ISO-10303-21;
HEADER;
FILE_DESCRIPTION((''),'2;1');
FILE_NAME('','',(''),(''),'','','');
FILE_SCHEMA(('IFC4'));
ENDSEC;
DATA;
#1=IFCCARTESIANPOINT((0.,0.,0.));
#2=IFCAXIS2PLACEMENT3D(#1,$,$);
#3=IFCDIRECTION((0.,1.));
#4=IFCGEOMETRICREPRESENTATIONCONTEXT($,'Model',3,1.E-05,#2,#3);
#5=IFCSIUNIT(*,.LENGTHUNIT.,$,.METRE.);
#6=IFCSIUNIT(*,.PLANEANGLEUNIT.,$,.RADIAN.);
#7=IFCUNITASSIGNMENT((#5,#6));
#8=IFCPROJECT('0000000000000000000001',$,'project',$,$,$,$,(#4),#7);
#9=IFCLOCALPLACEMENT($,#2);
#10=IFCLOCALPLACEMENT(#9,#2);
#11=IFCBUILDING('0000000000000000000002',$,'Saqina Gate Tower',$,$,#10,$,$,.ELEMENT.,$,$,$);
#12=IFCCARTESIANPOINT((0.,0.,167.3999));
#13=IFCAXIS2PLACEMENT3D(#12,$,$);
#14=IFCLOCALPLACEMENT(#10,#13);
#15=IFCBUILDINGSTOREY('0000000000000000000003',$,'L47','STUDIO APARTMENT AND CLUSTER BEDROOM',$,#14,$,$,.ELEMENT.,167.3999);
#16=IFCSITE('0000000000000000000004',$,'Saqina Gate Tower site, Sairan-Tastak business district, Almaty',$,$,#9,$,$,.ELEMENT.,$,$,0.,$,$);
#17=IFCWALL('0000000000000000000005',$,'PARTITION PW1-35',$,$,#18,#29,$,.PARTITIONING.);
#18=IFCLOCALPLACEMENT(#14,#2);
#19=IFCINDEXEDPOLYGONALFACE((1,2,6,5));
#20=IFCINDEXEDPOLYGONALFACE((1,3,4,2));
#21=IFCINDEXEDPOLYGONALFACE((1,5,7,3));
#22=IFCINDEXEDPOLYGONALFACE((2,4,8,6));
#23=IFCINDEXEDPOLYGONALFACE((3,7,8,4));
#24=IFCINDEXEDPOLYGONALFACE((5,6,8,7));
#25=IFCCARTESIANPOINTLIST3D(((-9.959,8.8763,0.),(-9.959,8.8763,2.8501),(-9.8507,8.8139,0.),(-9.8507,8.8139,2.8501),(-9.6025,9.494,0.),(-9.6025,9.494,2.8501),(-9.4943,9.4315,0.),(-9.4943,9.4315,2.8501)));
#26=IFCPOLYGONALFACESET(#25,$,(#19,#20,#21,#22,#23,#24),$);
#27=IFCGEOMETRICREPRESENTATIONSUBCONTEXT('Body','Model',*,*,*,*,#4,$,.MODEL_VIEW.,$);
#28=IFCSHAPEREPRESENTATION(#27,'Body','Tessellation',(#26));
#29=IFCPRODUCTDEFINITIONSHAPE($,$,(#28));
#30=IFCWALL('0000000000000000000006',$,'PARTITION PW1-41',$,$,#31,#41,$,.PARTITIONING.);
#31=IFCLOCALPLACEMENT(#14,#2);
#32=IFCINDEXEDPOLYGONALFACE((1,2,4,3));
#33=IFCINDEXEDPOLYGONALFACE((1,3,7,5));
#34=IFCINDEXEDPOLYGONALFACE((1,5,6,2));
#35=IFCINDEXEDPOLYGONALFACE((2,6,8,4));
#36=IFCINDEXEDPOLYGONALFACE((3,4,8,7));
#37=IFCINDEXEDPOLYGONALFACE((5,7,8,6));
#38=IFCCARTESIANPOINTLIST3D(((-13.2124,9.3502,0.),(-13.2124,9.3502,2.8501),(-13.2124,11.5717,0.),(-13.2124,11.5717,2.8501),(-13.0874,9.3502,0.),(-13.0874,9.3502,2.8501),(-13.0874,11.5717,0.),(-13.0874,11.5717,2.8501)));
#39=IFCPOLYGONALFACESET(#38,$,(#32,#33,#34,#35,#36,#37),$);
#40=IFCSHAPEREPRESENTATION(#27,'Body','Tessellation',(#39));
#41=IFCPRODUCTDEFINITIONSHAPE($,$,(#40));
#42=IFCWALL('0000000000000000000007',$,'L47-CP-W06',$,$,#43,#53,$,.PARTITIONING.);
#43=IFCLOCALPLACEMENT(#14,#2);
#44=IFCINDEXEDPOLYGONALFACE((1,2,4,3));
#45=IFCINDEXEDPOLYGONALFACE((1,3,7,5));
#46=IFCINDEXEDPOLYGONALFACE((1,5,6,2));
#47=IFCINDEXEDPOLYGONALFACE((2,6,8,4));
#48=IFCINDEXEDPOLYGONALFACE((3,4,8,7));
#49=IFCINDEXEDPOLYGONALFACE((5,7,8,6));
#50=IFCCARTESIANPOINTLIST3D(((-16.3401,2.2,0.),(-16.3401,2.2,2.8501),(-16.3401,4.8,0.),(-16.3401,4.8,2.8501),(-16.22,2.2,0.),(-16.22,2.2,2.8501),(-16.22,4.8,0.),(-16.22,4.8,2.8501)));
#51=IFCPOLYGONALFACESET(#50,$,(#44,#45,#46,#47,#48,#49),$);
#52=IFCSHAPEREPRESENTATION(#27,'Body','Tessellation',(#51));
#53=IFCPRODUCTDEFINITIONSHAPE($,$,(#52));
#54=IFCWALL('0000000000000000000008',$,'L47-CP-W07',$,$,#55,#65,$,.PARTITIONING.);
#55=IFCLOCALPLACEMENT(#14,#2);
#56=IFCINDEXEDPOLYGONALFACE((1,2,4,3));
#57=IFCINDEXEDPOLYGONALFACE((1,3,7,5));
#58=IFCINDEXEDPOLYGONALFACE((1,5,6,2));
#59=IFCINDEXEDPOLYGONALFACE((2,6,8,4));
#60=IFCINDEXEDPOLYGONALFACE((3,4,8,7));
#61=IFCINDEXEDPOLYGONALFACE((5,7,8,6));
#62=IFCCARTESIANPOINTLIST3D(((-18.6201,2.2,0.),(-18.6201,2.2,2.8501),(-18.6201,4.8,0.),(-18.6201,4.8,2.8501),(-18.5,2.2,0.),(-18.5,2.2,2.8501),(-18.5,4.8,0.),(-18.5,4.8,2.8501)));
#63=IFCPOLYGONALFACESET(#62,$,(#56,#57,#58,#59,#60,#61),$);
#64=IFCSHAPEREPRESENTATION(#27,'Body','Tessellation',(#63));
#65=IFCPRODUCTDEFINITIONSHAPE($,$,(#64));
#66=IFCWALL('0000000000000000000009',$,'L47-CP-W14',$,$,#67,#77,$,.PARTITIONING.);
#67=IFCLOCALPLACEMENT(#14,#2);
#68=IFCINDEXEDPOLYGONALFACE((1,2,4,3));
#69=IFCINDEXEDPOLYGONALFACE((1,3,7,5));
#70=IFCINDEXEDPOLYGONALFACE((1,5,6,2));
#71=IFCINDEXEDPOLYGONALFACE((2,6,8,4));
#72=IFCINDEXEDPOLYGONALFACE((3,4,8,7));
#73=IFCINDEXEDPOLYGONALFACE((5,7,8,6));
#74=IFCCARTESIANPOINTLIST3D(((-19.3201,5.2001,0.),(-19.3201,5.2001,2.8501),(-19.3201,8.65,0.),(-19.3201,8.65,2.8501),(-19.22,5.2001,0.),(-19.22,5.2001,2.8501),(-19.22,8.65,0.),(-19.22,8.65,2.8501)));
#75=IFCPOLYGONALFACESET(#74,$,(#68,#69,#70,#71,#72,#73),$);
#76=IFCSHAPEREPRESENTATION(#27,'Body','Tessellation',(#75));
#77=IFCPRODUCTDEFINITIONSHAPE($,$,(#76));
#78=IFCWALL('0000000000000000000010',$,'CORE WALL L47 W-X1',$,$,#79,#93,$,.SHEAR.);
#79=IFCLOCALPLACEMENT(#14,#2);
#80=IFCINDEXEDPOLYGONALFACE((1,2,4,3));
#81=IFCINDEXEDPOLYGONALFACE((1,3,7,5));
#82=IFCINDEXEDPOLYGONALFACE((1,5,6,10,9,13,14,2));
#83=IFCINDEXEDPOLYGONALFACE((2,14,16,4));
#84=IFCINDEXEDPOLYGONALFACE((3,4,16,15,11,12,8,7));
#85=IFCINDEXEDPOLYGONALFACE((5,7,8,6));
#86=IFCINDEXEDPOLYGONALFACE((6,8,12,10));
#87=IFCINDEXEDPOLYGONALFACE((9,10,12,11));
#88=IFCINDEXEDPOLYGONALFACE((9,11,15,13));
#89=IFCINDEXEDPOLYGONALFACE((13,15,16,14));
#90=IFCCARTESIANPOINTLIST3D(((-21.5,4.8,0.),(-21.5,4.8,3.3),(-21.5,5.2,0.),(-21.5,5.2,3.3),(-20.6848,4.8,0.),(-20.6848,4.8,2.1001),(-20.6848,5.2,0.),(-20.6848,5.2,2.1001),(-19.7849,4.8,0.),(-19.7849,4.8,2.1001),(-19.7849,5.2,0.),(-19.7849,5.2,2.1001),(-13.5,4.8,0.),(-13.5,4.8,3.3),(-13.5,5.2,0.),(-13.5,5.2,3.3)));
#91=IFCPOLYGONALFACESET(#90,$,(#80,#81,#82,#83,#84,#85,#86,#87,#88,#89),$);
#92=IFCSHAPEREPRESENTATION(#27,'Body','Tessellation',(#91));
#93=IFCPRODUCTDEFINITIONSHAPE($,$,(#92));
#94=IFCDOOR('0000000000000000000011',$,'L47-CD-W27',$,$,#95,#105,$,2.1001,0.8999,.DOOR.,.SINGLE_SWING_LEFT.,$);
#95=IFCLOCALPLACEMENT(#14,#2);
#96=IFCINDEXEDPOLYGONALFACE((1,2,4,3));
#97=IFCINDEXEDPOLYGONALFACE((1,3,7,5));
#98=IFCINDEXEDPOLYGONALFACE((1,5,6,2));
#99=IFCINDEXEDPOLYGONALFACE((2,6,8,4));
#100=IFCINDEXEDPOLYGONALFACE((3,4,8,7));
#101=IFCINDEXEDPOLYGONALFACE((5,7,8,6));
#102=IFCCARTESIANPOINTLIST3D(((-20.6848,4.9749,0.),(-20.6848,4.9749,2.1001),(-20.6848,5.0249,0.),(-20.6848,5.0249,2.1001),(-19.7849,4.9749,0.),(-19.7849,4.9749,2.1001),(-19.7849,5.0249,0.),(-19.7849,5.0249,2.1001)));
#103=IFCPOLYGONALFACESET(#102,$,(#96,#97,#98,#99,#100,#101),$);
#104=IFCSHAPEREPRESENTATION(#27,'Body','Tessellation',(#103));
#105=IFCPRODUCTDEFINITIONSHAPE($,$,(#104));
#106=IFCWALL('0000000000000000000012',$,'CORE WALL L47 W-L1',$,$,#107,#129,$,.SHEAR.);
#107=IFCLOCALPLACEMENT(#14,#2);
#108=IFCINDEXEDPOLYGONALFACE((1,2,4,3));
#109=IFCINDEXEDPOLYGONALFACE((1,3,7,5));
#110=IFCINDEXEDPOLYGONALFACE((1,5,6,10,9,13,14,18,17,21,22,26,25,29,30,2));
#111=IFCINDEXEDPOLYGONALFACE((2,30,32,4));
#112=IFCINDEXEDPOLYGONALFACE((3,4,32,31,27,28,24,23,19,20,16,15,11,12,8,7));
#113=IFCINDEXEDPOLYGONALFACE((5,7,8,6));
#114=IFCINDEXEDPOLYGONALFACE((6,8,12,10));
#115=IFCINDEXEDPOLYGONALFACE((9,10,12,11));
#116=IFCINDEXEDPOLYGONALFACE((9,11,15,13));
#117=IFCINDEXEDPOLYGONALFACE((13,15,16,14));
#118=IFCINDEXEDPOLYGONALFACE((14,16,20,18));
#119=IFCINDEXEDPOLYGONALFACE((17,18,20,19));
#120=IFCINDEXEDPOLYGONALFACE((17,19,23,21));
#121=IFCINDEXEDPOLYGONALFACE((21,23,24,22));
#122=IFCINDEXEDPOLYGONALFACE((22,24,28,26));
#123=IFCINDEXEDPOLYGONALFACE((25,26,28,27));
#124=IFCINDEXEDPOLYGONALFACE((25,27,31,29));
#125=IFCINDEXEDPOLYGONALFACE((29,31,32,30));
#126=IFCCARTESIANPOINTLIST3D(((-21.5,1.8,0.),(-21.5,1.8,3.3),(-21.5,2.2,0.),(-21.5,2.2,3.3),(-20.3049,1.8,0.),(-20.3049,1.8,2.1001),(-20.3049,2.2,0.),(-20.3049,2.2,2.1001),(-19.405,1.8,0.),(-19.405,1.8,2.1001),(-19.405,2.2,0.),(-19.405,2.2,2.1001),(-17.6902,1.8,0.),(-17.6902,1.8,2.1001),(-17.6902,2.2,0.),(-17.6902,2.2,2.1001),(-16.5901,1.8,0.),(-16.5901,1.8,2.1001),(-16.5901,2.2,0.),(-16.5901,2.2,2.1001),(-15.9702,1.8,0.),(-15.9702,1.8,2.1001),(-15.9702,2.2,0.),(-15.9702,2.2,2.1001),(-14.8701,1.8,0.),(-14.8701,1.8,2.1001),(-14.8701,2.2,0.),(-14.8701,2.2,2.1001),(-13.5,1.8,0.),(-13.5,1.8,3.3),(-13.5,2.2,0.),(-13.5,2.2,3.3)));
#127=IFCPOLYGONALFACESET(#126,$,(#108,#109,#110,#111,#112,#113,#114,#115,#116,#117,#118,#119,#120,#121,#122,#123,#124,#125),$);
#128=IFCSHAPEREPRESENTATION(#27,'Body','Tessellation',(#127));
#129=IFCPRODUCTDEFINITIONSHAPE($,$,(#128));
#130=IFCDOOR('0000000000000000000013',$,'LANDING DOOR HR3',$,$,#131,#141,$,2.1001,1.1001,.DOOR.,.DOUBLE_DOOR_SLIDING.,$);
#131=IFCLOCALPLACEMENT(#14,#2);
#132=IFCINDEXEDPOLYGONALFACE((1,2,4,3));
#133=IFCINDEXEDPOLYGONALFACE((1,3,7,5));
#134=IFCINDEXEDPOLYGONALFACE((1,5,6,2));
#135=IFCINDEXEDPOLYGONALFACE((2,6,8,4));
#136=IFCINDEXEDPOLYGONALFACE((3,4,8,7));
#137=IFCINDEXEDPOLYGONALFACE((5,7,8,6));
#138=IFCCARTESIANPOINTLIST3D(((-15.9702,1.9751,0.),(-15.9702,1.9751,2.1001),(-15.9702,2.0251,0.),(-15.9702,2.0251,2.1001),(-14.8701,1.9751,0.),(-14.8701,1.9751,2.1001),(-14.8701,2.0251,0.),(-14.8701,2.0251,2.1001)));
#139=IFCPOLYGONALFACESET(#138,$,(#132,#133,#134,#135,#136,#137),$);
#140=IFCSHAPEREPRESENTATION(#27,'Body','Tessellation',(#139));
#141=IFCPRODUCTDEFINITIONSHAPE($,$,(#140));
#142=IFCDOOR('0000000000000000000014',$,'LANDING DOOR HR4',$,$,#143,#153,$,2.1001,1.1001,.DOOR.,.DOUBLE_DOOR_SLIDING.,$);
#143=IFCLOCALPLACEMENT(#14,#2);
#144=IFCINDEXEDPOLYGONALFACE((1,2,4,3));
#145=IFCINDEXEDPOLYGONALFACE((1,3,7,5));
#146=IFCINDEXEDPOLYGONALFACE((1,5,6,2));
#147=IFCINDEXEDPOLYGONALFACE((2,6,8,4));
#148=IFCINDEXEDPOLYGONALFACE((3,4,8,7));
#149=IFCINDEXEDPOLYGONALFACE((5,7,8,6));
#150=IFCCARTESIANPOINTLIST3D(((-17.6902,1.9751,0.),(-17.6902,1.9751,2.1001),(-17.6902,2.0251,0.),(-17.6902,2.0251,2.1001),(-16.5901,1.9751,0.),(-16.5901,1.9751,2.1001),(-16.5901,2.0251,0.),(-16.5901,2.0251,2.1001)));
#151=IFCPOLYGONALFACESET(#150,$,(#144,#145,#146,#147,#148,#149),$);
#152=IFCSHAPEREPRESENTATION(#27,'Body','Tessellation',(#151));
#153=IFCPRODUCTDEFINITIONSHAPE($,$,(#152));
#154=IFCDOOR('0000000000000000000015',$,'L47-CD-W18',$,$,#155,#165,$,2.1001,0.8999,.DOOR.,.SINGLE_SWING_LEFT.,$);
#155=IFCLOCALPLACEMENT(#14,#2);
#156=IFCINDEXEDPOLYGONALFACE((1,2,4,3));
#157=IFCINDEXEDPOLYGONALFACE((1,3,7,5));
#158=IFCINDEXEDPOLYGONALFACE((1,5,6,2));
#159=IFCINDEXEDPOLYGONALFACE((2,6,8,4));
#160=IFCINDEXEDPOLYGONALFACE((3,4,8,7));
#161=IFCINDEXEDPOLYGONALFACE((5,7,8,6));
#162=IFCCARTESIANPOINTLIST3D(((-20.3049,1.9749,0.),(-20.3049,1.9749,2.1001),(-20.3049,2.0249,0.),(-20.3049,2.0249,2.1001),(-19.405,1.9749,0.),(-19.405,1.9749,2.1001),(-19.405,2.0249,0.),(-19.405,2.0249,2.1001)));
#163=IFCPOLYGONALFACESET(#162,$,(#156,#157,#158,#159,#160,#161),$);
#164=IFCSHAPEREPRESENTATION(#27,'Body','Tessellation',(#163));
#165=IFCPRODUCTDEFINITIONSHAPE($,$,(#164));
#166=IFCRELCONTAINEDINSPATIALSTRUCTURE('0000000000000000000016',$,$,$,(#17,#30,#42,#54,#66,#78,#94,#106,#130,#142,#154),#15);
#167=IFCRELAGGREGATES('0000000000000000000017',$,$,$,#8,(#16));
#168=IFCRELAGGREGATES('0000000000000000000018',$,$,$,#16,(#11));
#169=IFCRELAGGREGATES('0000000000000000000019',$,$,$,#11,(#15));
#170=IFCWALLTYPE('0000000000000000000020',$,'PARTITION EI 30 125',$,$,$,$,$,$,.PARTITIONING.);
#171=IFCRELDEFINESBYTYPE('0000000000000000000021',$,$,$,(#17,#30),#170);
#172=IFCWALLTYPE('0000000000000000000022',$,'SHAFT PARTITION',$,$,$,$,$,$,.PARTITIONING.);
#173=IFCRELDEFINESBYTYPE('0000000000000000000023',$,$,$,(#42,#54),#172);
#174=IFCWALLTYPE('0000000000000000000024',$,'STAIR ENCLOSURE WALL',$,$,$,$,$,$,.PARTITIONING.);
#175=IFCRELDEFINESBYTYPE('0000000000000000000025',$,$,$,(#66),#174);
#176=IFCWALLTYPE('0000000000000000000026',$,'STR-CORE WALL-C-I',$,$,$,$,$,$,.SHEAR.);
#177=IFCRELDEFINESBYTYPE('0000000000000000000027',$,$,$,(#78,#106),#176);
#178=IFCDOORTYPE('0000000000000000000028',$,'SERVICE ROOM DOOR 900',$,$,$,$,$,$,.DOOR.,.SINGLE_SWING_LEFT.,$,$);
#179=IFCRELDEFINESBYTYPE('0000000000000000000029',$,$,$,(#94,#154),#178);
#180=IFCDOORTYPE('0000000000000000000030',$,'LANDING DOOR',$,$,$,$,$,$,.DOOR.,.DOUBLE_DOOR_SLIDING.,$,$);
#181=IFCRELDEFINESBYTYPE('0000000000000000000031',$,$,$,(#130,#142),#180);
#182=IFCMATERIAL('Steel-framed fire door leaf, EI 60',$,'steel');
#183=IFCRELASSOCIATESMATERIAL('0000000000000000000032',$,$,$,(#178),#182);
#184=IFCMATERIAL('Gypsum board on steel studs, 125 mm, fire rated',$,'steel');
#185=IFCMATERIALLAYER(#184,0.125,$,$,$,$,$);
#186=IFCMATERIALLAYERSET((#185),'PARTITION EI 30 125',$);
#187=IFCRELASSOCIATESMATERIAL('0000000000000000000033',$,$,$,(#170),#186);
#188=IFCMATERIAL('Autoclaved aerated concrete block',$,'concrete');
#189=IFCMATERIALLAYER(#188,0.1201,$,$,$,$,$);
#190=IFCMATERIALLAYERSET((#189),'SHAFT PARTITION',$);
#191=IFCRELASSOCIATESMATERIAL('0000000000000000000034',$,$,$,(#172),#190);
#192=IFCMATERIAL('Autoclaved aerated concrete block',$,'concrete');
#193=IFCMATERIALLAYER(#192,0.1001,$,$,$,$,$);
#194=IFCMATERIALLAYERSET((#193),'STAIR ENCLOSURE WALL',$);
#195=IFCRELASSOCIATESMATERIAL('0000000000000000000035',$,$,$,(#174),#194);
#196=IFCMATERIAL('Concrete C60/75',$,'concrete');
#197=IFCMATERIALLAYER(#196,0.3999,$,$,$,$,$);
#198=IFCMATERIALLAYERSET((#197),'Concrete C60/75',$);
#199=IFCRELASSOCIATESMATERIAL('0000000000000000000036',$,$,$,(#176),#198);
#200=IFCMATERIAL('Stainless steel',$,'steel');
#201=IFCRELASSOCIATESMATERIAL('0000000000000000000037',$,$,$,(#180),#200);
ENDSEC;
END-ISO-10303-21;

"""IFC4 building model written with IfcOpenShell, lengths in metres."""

from ifc_helpers import new_model, si_unit, direction, frame, frame_2d, origin, place, context, subcontext, project, spatial, rectangle, extrude, material, layer, layer_set, type_object, element, fill, save


model = new_model("IFC4")

# Units and contexts
model_context = context("Model", 3, precision=1e-05, world=origin(), true_north=direction((0.0, 1.0)))
body_context = subcontext(model_context, "Body", "Model", "MODEL_VIEW")
ifc_project = project(units=[si_unit("LENGTHUNIT", "METRE"), si_unit("PLANEANGLEUNIT", "RADIAN")], contexts=[model_context])

# Site, building, storey
site_placement = place(None, origin())
site = spatial("IfcSite", under=ifc_project, at=site_placement, Name="Saqina Gate Tower site, Sairan-Tastak business district, Almaty", CompositionType="ELEMENT", RefElevation=0.0)
building_placement = place(site_placement, origin())
building = spatial("IfcBuilding", under=site, at=building_placement, Name="Saqina Gate Tower", CompositionType="ELEMENT")
storey_placement = place(building_placement, frame((0.0, 0.0, 167.3999)))
storey = spatial("IfcBuildingStorey", under=building, at=storey_placement, Name="L47", Description="STUDIO APARTMENT AND CLUSTER BEDROOM", CompositionType="ELEMENT", Elevation=167.3999)

# Shared definitions
ifc_material_1 = material(Name="Steel-framed fire door leaf, EI 60", Category="steel")
door_type_1 = type_object("IfcDoorType", Name="SERVICE ROOM DOOR 900", OperationType="SINGLE_SWING_LEFT", PredefinedType="DOOR", material=ifc_material_1)

# Walls
ifc_material_2 = material(Name="Gypsum board on steel studs, 125 mm, fire rated", Category="steel")
ifc_layer_1 = layer(ifc_material_2, 0.125)
ifc_layer_set_1 = layer_set([ifc_layer_1], Name="PARTITION EI 30 125")
wall_type_1 = type_object("IfcWallType", Name="PARTITION EI 30 125", PredefinedType="PARTITIONING", material=ifc_layer_set_1)
wall_1_placement = place(storey_placement, frame((-9.9048, 8.8452, 0.0), z_axis=(0.0, 0.0, 1.0), x_axis=(0.499821, 0.866129, 0.0)))
element("IfcWall", 1, at=wall_1_placement, inside=storey, type_object=wall_type_1, Name="PARTITION PW1-35", PredefinedType="PARTITIONING", context=body_context, shape_type="SweptSolid", body=[
    extrude(rectangle(XDim=0.7131, YDim=0.125, at=frame_2d((0.3564, 0.0))), origin(), (0.0, 0.0, 1.0), 2.8501),
])
wall_2_placement = place(storey_placement, frame((-13.1499, 9.3501, 0.0), z_axis=(0.0, 0.0, 1.0), x_axis=(0.0, 1.0, 0.0)))
element("IfcWall", 2, at=wall_2_placement, inside=storey, type_object=wall_type_1, Name="PARTITION PW1-41", PredefinedType="PARTITIONING", context=body_context, shape_type="SweptSolid", body=[
    extrude(rectangle(XDim=2.2214, YDim=0.125, at=frame_2d((1.1108, 0.0))), origin(), (0.0, 0.0, 1.0), 2.8501),
])
ifc_material_3 = material(Name="Autoclaved aerated concrete block", Category="concrete")
ifc_layer_2 = layer(ifc_material_3, 0.1201)
ifc_layer_set_2 = layer_set([ifc_layer_2], Name="SHAFT PARTITION")
wall_type_2 = type_object("IfcWallType", Name="SHAFT PARTITION", PredefinedType="PARTITIONING", material=ifc_layer_set_2)
for number, where, z_axis, x_axis, name in (
    (3, (-16.28, 2.2, 0.0), (0.0, 0.0, 1.0), (0.0, 1.0, 0.0), "L47-CP-W06"),
    (4, (-18.5601, 2.2, 0.0), (0.0, 0.0, 1.0), (0.0, 1.0, 0.0), "L47-CP-W07"),
):
    element("IfcWall", number, at=place(storey_placement, frame(where, z_axis=z_axis, x_axis=x_axis)), inside=storey, type_object=wall_type_2, Name=name, PredefinedType="PARTITIONING", context=body_context, shape_type="SweptSolid", body=[
        extrude(rectangle(XDim=2.6001, YDim=0.1201, at=frame_2d((1.3, 0.0))), origin(), (0.0, 0.0, 1.0), 2.8501),
    ])
ifc_material_4 = material(Name="Autoclaved aerated concrete block", Category="concrete")
ifc_layer_3 = layer(ifc_material_4, 0.1001)
ifc_layer_set_3 = layer_set([ifc_layer_3], Name="STAIR ENCLOSURE WALL")
wall_type_3 = type_object("IfcWallType", Name="STAIR ENCLOSURE WALL", PredefinedType="PARTITIONING", material=ifc_layer_set_3)
wall_3_placement = place(storey_placement, frame((-19.27, 5.2, 0.0), z_axis=(0.0, 0.0, 1.0), x_axis=(0.0, 1.0, 0.0)))
element("IfcWall", 5, at=wall_3_placement, inside=storey, type_object=wall_type_3, Name="L47-CP-W14", PredefinedType="PARTITIONING", context=body_context, shape_type="SweptSolid", body=[
    extrude(rectangle(XDim=3.45, YDim=0.1001, at=frame_2d((1.7251, 0.0))), origin(), (0.0, 0.0, 1.0), 2.8501),
])

# Wall, opening, door
ifc_material_5 = material(Name="Concrete C60/75", Category="concrete")
ifc_layer_4 = layer(ifc_material_5, 0.3999)
ifc_layer_set_4 = layer_set([ifc_layer_4], Name="Concrete C60/75")
wall_type_4 = type_object("IfcWallType", Name="STR-CORE WALL-C-I", PredefinedType="SHEAR", material=ifc_layer_set_4)
wall_4_placement = place(storey_placement, frame((-13.5, 5.0, 0.0), z_axis=(0.0, 0.0, 1.0), x_axis=(-1.0, 0.0, 0.0)))
wall_4 = element("IfcWall", 6, at=wall_4_placement, inside=storey, type_object=wall_type_4, Name="CORE WALL L47 W-X1", PredefinedType="SHEAR", context=body_context, shape_type="SweptSolid", body=[
    extrude(rectangle(XDim=8.0, YDim=0.3999, at=frame_2d((4.0, 0.0))), origin(), (0.0, 0.0, 1.0), 3.3),
])
opening_1_placement = place(wall_4_placement, frame((6.2849, 0.0, 0.0)))
opening_1 = element("IfcOpeningElement", 7, at=opening_1_placement, cuts=wall_4, PredefinedType="OPENING", context=body_context, shape_type="SweptSolid", body=[
    extrude(rectangle(XDim=0.8999, YDim=2.1001, at=frame_2d((0.45, 1.05))), frame((0.0, 0.2119, 0.0), z_axis=(0.0, -1.0, 0.0), x_axis=(1.0, 0.0, 0.0)), (0.0, 0.0, 1.0), 0.4238),
])
door_1_placement = place(opening_1_placement, frame((0.8999, 0.0, 0.0), z_axis=(0.0, 0.0, 1.0), x_axis=(-1.0, 0.0, 0.0)))
door_1 = element("IfcDoor", 8, at=door_1_placement, inside=storey, type_object=door_type_1, Name="L47-CD-W27", OperationType="SINGLE_SWING_LEFT", OverallHeight=2.1001, OverallWidth=0.8999, PredefinedType="DOOR", context=body_context, shape_type="SweptSolid", body=[
    extrude(rectangle(XDim=0.8999, YDim=2.1001, at=frame_2d((0.45, 1.05))), frame((0.0, 0.0249, 0.0), z_axis=(0.0, -1.0, 0.0), x_axis=(1.0, 0.0, 0.0)), (0.0, 0.0, 1.0), 0.05),
])
fill(opening_1, door_1)

# Wall, openings, doors
wall_5_placement = place(storey_placement, frame((-13.5, 2.0, 0.0), z_axis=(0.0, 0.0, 1.0), x_axis=(-1.0, 0.0, 0.0)))
wall_5 = element("IfcWall", 9, at=wall_5_placement, inside=storey, type_object=wall_type_4, Name="CORE WALL L47 W-L1", PredefinedType="SHEAR", context=body_context, shape_type="SweptSolid", body=[
    extrude(rectangle(XDim=8.0, YDim=0.3999, at=frame_2d((4.0, 0.0))), origin(), (0.0, 0.0, 1.0), 3.3),
])
opening_2_placement = place(wall_5_placement, frame((1.3701, 0.0, 0.0)))
opening_2 = element("IfcOpeningElement", 10, at=opening_2_placement, cuts=wall_5, PredefinedType="OPENING", context=body_context, shape_type="SweptSolid", body=[
    extrude(rectangle(XDim=1.1001, YDim=2.1001, at=frame_2d((0.55, 1.05))), frame((0.0, 0.2119, 0.0), z_axis=(0.0, -1.0, 0.0), x_axis=(1.0, 0.0, 0.0)), (0.0, 0.0, 1.0), 0.4238),
])
opening_3_placement = place(wall_5_placement, frame((3.0901, 0.0, 0.0)))
opening_3 = element("IfcOpeningElement", 11, at=opening_3_placement, cuts=wall_5, PredefinedType="OPENING", context=body_context, shape_type="SweptSolid", body=[
    extrude(rectangle(XDim=1.1001, YDim=2.1001, at=frame_2d((0.55, 1.05))), frame((0.0, 0.2119, 0.0), z_axis=(0.0, -1.0, 0.0), x_axis=(1.0, 0.0, 0.0)), (0.0, 0.0, 1.0), 0.4238),
])
opening_4_placement = place(wall_5_placement, frame((5.905, 0.0, 0.0)))
opening_4 = element("IfcOpeningElement", 12, at=opening_4_placement, cuts=wall_5, PredefinedType="OPENING", context=body_context, shape_type="SweptSolid", body=[
    extrude(rectangle(XDim=0.8999, YDim=2.1001, at=frame_2d((0.45, 1.05))), frame((0.0, 0.2119, 0.0), z_axis=(0.0, -1.0, 0.0), x_axis=(1.0, 0.0, 0.0)), (0.0, 0.0, 1.0), 0.4238),
])
ifc_material_6 = material(Name="Stainless steel", Category="steel")
door_type_2 = type_object("IfcDoorType", Name="LANDING DOOR", OperationType="DOUBLE_DOOR_SLIDING", PredefinedType="DOOR", material=ifc_material_6)
door_2_placement = place(opening_2_placement, origin())
door_2 = element("IfcDoor", 13, at=door_2_placement, inside=storey, type_object=door_type_2, Name="LANDING DOOR HR3", OperationType="DOUBLE_DOOR_SLIDING", OverallHeight=2.1001, OverallWidth=1.1001, PredefinedType="DOOR", context=body_context, shape_type="SweptSolid", body=[
    extrude(rectangle(XDim=1.1001, YDim=2.1001, at=frame_2d((0.55, 1.05))), frame((0.0, 0.0249, 0.0), z_axis=(0.0, -1.0, 0.0), x_axis=(1.0, 0.0, 0.0)), (0.0, 0.0, 1.0), 0.05),
])
fill(opening_2, door_2)
door_3_placement = place(opening_3_placement, origin())
door_3 = element("IfcDoor", 14, at=door_3_placement, inside=storey, type_object=door_type_2, Name="LANDING DOOR HR4", OperationType="DOUBLE_DOOR_SLIDING", OverallHeight=2.1001, OverallWidth=1.1001, PredefinedType="DOOR", context=body_context, shape_type="SweptSolid", body=[
    extrude(rectangle(XDim=1.1001, YDim=2.1001, at=frame_2d((0.55, 1.05))), frame((0.0, 0.0249, 0.0), z_axis=(0.0, -1.0, 0.0), x_axis=(1.0, 0.0, 0.0)), (0.0, 0.0, 1.0), 0.05),
])
fill(opening_3, door_3)
door_4_placement = place(opening_4_placement, frame((0.8999, 0.0, 0.0), z_axis=(0.0, 0.0, 1.0), x_axis=(-1.0, 0.0, 0.0)))
door_4 = element("IfcDoor", 15, at=door_4_placement, inside=storey, type_object=door_type_1, Name="L47-CD-W18", OperationType="SINGLE_SWING_LEFT", OverallHeight=2.1001, OverallWidth=0.8999, PredefinedType="DOOR", context=body_context, shape_type="SweptSolid", body=[
    extrude(rectangle(XDim=0.8999, YDim=2.1001, at=frame_2d((0.45, 1.05))), frame((0.0, 0.0249, 0.0), z_axis=(0.0, -1.0, 0.0), x_axis=(1.0, 0.0, 0.0)), (0.0, 0.0, 1.0), 0.05),
])
fill(opening_4, door_4)

save(model, "model.ifc")
